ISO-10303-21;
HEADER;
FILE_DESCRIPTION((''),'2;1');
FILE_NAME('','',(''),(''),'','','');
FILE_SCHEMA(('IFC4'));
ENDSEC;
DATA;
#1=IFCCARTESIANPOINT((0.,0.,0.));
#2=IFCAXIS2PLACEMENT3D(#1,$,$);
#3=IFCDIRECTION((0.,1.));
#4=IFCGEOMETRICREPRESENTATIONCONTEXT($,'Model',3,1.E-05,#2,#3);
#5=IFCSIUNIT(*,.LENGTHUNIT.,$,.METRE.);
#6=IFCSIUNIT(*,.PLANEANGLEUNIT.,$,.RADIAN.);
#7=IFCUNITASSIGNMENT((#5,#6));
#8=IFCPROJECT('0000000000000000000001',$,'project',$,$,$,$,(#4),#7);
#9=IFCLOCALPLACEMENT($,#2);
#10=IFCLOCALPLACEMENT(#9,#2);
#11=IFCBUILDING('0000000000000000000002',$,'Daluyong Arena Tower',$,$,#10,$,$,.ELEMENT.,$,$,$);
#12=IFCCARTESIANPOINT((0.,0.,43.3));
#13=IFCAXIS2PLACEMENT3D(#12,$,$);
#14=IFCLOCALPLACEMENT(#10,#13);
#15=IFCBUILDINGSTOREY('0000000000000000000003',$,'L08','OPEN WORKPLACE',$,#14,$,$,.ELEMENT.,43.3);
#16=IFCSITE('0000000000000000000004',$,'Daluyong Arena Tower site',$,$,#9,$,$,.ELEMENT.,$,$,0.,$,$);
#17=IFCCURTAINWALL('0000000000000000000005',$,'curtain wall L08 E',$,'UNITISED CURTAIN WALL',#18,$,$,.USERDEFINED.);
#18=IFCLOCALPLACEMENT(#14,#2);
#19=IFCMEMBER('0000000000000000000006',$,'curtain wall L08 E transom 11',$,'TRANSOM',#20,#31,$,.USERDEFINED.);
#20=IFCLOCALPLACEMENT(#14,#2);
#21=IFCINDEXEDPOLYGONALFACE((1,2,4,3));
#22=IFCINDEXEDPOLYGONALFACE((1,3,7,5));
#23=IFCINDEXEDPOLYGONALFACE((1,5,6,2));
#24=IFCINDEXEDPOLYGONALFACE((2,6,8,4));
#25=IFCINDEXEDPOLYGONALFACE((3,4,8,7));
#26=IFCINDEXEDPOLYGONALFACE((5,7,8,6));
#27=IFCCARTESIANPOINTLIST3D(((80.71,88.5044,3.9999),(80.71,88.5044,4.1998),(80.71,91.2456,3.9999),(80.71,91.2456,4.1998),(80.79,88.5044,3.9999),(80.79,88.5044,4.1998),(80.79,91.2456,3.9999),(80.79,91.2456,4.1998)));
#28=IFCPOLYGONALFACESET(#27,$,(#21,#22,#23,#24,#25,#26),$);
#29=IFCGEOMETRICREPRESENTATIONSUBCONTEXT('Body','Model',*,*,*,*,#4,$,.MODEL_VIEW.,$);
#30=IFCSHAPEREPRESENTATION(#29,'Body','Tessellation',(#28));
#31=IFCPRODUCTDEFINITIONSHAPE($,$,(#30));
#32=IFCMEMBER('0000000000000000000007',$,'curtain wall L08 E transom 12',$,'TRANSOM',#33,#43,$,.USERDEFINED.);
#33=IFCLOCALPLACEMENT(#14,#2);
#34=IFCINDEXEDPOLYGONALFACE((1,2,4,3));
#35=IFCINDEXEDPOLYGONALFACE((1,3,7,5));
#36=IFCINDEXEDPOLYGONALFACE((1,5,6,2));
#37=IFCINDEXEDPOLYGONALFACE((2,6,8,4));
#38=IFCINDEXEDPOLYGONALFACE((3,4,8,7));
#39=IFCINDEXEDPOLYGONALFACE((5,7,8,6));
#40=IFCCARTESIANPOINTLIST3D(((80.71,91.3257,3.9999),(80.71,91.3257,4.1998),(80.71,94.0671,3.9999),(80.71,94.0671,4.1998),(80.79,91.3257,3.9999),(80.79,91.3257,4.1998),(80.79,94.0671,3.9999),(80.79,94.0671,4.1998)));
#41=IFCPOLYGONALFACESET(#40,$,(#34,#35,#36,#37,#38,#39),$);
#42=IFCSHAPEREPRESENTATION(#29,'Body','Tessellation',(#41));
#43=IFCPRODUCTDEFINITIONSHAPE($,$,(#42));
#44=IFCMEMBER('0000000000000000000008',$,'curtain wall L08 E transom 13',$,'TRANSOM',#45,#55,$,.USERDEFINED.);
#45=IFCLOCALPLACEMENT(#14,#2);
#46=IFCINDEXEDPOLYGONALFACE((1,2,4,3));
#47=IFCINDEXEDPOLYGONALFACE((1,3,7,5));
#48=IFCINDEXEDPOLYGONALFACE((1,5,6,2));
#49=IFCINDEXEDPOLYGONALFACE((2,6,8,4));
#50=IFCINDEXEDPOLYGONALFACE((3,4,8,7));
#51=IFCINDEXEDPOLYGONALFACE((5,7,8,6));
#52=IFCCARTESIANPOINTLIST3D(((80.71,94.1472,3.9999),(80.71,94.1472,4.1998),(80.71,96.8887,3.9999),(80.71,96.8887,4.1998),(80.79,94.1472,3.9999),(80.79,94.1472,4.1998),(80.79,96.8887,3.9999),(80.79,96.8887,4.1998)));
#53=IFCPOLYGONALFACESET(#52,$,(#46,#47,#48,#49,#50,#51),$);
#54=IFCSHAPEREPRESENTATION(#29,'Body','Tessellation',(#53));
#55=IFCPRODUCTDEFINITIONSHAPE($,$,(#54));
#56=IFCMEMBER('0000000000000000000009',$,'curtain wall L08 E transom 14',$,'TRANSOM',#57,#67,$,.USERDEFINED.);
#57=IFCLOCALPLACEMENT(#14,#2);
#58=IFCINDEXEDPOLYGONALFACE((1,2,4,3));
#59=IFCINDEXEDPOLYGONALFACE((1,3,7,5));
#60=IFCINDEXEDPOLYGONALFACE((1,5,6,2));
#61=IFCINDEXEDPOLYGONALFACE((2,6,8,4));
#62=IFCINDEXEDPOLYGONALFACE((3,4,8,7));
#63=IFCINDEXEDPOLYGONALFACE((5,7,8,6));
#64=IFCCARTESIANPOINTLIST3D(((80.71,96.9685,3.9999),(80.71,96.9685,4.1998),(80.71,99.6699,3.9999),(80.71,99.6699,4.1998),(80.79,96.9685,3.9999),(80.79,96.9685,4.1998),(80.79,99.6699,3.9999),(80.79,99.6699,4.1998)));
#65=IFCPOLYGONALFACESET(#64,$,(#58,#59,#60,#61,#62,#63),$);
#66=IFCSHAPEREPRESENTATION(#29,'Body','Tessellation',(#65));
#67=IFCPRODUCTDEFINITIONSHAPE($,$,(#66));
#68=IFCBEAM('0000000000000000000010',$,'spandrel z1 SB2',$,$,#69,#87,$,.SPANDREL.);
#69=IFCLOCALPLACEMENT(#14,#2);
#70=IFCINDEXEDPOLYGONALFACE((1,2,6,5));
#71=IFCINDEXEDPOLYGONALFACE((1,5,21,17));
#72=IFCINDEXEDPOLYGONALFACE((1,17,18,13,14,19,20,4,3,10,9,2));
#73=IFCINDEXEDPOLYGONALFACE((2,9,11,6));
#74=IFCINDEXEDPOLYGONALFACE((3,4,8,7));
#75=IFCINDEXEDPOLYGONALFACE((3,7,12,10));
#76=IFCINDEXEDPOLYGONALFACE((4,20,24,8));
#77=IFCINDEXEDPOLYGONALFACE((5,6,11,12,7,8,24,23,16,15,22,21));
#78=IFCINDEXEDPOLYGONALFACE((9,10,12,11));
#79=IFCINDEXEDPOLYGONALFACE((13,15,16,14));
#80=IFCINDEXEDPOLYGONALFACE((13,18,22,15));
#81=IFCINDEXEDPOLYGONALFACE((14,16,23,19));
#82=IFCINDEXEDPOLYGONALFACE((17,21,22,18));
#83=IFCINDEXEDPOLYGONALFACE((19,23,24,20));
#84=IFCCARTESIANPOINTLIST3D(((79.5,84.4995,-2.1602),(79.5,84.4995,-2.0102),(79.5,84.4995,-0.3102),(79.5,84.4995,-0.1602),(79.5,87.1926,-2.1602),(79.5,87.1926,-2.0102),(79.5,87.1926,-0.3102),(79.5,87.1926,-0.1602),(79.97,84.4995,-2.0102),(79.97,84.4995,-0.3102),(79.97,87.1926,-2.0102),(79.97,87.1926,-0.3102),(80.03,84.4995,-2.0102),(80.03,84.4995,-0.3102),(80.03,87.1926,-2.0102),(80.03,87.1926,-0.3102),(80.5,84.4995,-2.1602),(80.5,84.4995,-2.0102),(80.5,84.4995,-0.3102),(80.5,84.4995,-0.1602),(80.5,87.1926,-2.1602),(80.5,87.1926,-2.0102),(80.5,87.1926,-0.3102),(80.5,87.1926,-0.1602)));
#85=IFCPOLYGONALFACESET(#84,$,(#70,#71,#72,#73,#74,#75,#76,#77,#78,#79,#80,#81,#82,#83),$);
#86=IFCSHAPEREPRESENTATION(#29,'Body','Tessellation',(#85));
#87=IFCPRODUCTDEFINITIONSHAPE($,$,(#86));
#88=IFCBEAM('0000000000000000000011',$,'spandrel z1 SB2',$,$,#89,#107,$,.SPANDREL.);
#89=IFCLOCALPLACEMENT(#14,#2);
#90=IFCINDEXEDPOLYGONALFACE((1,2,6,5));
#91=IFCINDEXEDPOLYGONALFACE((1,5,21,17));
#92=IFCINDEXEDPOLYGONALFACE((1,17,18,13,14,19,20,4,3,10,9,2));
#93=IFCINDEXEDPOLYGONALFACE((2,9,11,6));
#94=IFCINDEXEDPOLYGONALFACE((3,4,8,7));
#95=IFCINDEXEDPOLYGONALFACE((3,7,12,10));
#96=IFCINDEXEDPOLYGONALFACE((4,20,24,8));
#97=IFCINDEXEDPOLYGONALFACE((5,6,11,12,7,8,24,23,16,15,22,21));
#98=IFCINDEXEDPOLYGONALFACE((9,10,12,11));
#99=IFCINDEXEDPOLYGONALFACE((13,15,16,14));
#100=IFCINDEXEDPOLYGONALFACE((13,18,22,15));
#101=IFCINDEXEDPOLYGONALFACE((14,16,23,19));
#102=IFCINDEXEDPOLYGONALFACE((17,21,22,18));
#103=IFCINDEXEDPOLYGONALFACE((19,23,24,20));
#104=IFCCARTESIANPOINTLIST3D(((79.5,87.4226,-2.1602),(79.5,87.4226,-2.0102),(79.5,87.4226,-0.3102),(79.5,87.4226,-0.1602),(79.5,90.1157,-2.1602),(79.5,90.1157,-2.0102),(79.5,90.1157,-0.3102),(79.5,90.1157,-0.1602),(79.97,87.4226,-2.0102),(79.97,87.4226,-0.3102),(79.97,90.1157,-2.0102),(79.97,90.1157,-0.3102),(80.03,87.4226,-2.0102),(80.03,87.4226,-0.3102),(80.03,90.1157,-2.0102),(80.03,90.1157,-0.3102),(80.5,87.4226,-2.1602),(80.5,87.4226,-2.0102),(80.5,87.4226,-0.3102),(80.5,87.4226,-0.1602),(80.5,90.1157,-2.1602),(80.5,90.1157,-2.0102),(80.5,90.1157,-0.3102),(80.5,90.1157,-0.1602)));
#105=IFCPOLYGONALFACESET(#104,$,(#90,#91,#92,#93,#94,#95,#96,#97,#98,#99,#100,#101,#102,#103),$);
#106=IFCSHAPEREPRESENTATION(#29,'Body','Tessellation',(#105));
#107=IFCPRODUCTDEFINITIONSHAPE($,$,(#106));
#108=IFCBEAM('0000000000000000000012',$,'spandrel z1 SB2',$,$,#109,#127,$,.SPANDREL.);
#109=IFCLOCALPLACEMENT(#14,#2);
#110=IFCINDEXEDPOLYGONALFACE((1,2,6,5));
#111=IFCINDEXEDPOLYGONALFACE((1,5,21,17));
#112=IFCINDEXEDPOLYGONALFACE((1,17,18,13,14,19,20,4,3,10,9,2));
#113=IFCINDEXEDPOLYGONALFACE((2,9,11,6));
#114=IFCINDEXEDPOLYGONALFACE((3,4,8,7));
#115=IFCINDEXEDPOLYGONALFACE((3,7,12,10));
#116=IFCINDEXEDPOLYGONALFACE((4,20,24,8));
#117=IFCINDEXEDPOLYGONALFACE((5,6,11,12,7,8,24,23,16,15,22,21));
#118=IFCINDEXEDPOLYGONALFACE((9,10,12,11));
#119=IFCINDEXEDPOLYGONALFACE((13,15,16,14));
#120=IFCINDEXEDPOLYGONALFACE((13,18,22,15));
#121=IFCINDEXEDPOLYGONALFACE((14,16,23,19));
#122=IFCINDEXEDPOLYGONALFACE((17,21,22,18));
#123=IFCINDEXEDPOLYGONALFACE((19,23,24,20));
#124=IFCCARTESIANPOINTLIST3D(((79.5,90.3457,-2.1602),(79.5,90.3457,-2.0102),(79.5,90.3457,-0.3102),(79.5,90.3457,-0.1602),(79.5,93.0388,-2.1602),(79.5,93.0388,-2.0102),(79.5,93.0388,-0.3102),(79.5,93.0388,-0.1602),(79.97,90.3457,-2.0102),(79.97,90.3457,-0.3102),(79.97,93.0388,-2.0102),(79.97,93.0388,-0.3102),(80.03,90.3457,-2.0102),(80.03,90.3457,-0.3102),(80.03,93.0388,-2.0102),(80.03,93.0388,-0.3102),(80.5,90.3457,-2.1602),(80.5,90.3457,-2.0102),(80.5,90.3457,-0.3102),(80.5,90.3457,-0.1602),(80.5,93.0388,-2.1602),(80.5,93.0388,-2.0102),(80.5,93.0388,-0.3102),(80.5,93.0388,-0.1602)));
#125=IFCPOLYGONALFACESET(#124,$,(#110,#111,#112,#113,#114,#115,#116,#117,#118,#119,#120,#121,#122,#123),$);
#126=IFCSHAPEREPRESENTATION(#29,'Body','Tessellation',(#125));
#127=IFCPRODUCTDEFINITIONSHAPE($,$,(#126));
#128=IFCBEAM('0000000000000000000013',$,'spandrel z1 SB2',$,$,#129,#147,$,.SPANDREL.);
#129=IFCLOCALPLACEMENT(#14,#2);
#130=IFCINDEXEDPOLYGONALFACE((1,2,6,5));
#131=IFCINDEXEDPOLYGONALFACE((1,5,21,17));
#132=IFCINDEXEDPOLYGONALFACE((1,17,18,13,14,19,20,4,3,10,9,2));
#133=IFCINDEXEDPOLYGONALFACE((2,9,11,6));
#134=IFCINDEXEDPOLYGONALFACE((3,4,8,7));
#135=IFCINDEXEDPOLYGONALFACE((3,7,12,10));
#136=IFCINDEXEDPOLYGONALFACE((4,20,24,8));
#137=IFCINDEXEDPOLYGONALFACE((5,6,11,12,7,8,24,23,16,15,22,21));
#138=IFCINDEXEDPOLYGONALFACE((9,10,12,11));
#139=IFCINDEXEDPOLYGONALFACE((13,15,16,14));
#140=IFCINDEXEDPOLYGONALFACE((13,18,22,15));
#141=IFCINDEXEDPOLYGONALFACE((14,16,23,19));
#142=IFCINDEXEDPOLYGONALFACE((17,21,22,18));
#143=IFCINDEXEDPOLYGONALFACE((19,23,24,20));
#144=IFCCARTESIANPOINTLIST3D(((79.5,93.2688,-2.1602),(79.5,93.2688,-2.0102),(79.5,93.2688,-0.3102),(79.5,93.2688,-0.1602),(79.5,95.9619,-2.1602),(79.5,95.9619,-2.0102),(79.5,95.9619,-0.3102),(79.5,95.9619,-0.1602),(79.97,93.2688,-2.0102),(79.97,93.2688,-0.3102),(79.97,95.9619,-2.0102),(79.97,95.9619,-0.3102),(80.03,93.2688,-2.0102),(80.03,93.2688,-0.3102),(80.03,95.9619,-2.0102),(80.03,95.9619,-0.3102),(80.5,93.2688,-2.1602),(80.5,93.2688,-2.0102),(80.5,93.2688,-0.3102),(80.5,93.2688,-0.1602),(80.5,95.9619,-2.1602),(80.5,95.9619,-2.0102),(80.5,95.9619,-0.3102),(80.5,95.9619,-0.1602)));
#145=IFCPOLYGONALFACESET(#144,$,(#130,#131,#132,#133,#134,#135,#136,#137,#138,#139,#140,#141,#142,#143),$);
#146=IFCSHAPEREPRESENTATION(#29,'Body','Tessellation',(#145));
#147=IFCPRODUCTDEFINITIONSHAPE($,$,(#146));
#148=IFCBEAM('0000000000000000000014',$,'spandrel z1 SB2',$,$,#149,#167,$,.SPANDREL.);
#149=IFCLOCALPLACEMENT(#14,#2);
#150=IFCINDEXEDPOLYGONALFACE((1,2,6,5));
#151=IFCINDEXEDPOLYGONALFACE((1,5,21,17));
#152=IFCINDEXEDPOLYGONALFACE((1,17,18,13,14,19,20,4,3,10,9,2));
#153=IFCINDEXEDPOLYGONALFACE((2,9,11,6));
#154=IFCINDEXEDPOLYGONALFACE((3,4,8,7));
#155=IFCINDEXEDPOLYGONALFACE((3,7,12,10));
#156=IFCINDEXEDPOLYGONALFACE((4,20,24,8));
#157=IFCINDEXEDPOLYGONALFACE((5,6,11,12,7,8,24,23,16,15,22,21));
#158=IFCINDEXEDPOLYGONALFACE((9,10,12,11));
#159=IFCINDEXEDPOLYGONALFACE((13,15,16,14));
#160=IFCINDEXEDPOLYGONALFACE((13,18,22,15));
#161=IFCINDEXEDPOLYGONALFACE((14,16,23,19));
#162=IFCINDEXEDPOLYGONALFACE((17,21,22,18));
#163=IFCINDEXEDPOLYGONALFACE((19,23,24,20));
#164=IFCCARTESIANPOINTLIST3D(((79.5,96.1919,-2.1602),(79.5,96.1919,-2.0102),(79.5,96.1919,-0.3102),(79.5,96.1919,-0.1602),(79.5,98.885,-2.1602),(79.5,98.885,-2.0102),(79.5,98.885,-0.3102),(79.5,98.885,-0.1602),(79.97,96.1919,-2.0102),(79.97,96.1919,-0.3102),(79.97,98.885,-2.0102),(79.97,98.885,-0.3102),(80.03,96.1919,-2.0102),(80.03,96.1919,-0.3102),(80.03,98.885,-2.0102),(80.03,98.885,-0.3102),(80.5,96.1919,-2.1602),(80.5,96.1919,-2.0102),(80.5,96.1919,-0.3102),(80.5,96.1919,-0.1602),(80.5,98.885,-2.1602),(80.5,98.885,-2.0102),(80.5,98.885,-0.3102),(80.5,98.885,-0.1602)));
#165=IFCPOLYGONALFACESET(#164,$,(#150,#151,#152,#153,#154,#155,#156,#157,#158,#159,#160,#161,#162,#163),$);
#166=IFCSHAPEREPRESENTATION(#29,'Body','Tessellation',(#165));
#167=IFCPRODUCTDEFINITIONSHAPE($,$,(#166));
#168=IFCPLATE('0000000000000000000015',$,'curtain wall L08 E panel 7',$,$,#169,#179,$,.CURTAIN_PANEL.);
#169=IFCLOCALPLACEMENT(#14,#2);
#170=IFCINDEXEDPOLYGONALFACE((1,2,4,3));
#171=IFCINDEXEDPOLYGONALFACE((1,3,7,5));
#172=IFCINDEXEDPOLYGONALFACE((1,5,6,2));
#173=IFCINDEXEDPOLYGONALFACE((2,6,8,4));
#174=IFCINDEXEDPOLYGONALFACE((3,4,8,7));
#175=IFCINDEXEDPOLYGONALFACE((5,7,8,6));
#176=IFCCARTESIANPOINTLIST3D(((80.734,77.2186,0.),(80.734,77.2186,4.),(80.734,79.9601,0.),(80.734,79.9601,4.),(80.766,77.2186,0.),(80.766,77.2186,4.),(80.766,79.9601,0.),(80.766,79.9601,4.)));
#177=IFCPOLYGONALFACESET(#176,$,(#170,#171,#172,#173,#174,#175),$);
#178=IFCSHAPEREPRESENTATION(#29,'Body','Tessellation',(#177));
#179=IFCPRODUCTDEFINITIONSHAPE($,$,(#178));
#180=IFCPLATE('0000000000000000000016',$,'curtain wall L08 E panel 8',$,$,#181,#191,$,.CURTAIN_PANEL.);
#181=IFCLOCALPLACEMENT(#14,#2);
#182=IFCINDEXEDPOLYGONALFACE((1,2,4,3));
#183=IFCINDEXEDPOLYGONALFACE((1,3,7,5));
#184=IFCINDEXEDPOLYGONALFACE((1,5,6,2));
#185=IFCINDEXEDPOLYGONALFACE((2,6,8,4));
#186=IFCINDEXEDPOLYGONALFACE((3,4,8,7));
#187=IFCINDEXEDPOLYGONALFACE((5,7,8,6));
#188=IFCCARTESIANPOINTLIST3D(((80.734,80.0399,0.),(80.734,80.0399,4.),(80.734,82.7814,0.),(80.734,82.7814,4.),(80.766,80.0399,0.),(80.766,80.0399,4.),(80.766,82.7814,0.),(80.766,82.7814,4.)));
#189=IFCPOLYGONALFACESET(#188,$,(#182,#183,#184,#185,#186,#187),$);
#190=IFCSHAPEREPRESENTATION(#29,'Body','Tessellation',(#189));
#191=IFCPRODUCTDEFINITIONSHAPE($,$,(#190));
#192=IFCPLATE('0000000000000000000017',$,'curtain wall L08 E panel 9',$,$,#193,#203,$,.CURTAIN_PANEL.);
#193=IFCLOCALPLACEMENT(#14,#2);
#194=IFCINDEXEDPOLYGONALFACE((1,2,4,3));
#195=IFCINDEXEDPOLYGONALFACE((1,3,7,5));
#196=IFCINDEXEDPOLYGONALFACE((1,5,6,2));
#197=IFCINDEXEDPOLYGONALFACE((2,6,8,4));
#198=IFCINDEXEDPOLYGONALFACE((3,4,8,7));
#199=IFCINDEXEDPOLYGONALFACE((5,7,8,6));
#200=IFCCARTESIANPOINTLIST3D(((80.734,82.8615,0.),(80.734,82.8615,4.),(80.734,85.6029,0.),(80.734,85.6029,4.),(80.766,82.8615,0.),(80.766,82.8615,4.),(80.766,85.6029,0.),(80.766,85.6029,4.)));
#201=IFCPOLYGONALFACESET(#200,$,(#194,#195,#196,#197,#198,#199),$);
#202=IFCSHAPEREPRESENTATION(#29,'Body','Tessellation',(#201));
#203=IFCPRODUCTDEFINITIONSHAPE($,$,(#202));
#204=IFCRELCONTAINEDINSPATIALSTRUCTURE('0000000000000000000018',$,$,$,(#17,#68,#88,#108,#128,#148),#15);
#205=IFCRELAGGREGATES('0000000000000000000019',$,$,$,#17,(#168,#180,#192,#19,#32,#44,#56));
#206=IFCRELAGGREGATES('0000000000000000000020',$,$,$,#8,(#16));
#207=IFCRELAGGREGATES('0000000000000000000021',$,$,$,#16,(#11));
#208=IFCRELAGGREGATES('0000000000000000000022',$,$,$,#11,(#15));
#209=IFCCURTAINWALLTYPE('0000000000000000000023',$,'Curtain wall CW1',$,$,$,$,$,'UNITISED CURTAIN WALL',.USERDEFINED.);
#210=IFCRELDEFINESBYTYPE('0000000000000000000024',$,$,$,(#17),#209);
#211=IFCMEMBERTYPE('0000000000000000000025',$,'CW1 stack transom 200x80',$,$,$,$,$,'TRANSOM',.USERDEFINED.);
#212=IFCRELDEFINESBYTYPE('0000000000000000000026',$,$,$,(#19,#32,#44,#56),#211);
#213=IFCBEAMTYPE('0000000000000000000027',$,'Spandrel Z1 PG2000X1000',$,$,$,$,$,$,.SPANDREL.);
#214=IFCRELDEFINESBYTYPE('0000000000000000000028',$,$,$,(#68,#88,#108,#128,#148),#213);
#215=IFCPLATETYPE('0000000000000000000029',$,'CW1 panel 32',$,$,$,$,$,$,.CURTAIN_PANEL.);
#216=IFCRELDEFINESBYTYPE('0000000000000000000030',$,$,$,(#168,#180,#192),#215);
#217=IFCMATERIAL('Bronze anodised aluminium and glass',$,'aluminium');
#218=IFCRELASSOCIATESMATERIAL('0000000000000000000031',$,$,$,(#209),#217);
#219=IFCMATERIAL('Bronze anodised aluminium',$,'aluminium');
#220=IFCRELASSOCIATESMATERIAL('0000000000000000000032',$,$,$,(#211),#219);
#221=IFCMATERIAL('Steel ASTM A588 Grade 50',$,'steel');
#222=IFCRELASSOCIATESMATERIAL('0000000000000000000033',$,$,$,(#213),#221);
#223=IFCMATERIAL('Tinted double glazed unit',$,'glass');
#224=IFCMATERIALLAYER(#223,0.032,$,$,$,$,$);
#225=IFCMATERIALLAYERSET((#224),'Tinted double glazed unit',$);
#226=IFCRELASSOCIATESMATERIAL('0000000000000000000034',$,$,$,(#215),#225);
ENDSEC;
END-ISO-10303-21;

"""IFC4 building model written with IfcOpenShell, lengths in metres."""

from ifc_helpers import new_model, si_unit, direction, frame, origin, origin_2d, place, context, subcontext, project, spatial, rectangle, i_section, extrude, material, layer, layer_set, material_profile, profile_set, type_object, element, aggregate, save


model = new_model("IFC4")

# Units and contexts
model_context = context("Model", 3, precision=1e-05, world=origin(), true_north=direction((0.0, 1.0)))
body_context = subcontext(model_context, "Body", "Model", "MODEL_VIEW")
ifc_project = project(units=[si_unit("LENGTHUNIT", "METRE"), si_unit("PLANEANGLEUNIT", "RADIAN")], contexts=[model_context])

# Site, building, storey
site_placement = place(None, origin())
site = spatial("IfcSite", under=ifc_project, at=site_placement, Name="Daluyong Arena Tower site", CompositionType="ELEMENT", RefElevation=0.0)
building_placement = place(site_placement, origin())
building = spatial("IfcBuilding", under=site, at=building_placement, Name="Daluyong Arena Tower", CompositionType="ELEMENT")
storey_placement = place(building_placement, frame((0.0, 0.0, 43.3)))
storey = spatial("IfcBuildingStorey", under=building, at=storey_placement, Name="L08", Description="OPEN WORKPLACE", CompositionType="ELEMENT", Elevation=43.3)

# Curtain wall, members
ifc_material_1 = material(Name="Bronze anodised aluminium and glass", Category="aluminium")
curtain_wall_type = type_object("IfcCurtainWallType", Name="Curtain wall CW1", ElementType="UNITISED CURTAIN WALL", PredefinedType="USERDEFINED", material=ifc_material_1)
curtain_wall_placement = place(storey_placement, origin())
curtain_wall = element("IfcCurtainWall", 1, at=curtain_wall_placement, inside=storey, type_object=curtain_wall_type, Name="curtain wall L08 E", ObjectType="UNITISED CURTAIN WALL", PredefinedType="USERDEFINED")
ifc_material_2 = material(Name="Bronze anodised aluminium", Category="aluminium")
ifc_material_profile_1 = material_profile(ifc_material_2, rectangle(XDim=0.0801, YDim=0.2, at=origin_2d()))
ifc_profile_set_1 = profile_set([ifc_material_profile_1], Name="Bronze anodised aluminium")
member_type_1 = type_object("IfcMemberType", Name="CW1 stack transom 200x80", ElementType="TRANSOM", PredefinedType="USERDEFINED", material=ifc_profile_set_1)
member_1_placement = place(storey_placement, frame((80.75, 88.5044, 4.0999), z_axis=(0.0, 1.0, 0.0), x_axis=(-1.0, 0.0, 0.0)))
member_1 = element("IfcMember", 2, at=member_1_placement, type_object=member_type_1, Name="curtain wall L08 E transom 11", ObjectType="TRANSOM", PredefinedType="USERDEFINED", context=body_context, shape_type="SweptSolid", body=[
    extrude(rectangle(XDim=0.0801, YDim=0.2, at=origin_2d()), origin(), (0.0, 0.0, 1.0), 2.7412),
])
member_2_placement = place(storey_placement, frame((80.75, 91.3257, 4.0999), z_axis=(0.0, 1.0, 0.0), x_axis=(-1.0, 0.0, 0.0)))
member_2 = element("IfcMember", 3, at=member_2_placement, type_object=member_type_1, Name="curtain wall L08 E transom 12", ObjectType="TRANSOM", PredefinedType="USERDEFINED", context=body_context, shape_type="SweptSolid", body=[
    extrude(rectangle(XDim=0.0801, YDim=0.2, at=origin_2d()), origin(), (0.0, 0.0, 1.0), 2.7415),
])
member_3_placement = place(storey_placement, frame((80.75, 94.1472, 4.0999), z_axis=(0.0, 1.0, 0.0), x_axis=(-1.0, 0.0, 0.0)))
member_3 = element("IfcMember", 4, at=member_3_placement, type_object=member_type_1, Name="curtain wall L08 E transom 13", ObjectType="TRANSOM", PredefinedType="USERDEFINED", context=body_context, shape_type="SweptSolid", body=[
    extrude(rectangle(XDim=0.0801, YDim=0.2, at=origin_2d()), origin(), (0.0, 0.0, 1.0), 2.7415),
])
member_4_placement = place(storey_placement, frame((80.75, 96.9685, 4.0999), z_axis=(0.0, 1.0, 0.0), x_axis=(-1.0, 0.0, 0.0)))
member_4 = element("IfcMember", 5, at=member_4_placement, type_object=member_type_1, Name="curtain wall L08 E transom 14", ObjectType="TRANSOM", PredefinedType="USERDEFINED", context=body_context, shape_type="SweptSolid", body=[
    extrude(rectangle(XDim=0.0801, YDim=0.2, at=origin_2d()), origin(), (0.0, 0.0, 1.0), 2.7014),
])

# Beams
ifc_material_3 = material(Name="Steel ASTM A588 Grade 50", Category="steel")
ifc_material_profile_2 = material_profile(ifc_material_3, i_section(OverallWidth=1.0, OverallDepth=2.0, WebThickness=0.06, FlangeThickness=0.15, at=origin_2d()))
ifc_profile_set_2 = profile_set([ifc_material_profile_2], Name="Steel ASTM A588 Grade 50")
beam_type = type_object("IfcBeamType", Name="Spandrel Z1 PG2000X1000", PredefinedType="SPANDREL", material=ifc_profile_set_2)
for number, where, z_axis, x_axis, name in (
    (6, (80.0, 84.4995, -1.1602), (0.0, 1.0, 0.0), (-1.0, 0.0, 0.0), "spandrel z1 SB2"),
    (7, (80.0, 87.4226, -1.1602), (0.0, 1.0, 0.0), (-1.0, 0.0, 0.0), "spandrel z1 SB2"),
    (8, (80.0, 90.3457, -1.1602), (0.0, 1.0, 0.0), (-1.0, 0.0, 0.0), "spandrel z1 SB2"),
    (9, (80.0, 93.2688, -1.1602), (0.0, 1.0, 0.0), (-1.0, 0.0, 0.0), "spandrel z1 SB2"),
    (10, (80.0, 96.1919, -1.1602), (0.0, 1.0, 0.0), (-1.0, 0.0, 0.0), "spandrel z1 SB2"),
):
    element("IfcBeam", number, at=place(storey_placement, frame(where, z_axis=z_axis, x_axis=x_axis)), inside=storey, type_object=beam_type, Name=name, PredefinedType="SPANDREL", context=body_context, shape_type="SweptSolid", body=[
        extrude(i_section(OverallWidth=1.0, OverallDepth=2.0, WebThickness=0.06, FlangeThickness=0.15, at=origin_2d()), origin(), (0.0, 0.0, 1.0), 2.6931),
    ])

# Plates
ifc_material_4 = material(Name="Tinted double glazed unit", Category="glass")
ifc_layer = layer(ifc_material_4, 0.032)
ifc_layer_set = layer_set([ifc_layer], Name="Tinted double glazed unit")
plate_type = type_object("IfcPlateType", Name="CW1 panel 32", PredefinedType="CURTAIN_PANEL", material=ifc_layer_set)
plate_1_placement = place(storey_placement, frame((80.75, 78.5894, 0.0), z_axis=(0.0, 0.0, 1.0), x_axis=(0.0, 1.0, 0.0)))
plate_1 = element("IfcPlate", 11, at=plate_1_placement, type_object=plate_type, Name="curtain wall L08 E panel 7", PredefinedType="CURTAIN_PANEL", context=body_context, shape_type="SweptSolid", body=[
    extrude(rectangle(XDim=2.7415, YDim=0.032, at=origin_2d()), origin(), (0.0, 0.0, 1.0), 4.0),
])
plate_2_placement = place(storey_placement, frame((80.75, 81.4106, 0.0), z_axis=(0.0, 0.0, 1.0), x_axis=(0.0, 1.0, 0.0)))
plate_2 = element("IfcPlate", 12, at=plate_2_placement, type_object=plate_type, Name="curtain wall L08 E panel 8", PredefinedType="CURTAIN_PANEL", context=body_context, shape_type="SweptSolid", body=[
    extrude(rectangle(XDim=2.7415, YDim=0.032, at=origin_2d()), origin(), (0.0, 0.0, 1.0), 4.0),
])
plate_3_placement = place(storey_placement, frame((80.75, 84.2322, 0.0), z_axis=(0.0, 0.0, 1.0), x_axis=(0.0, 1.0, 0.0)))
plate_3 = element("IfcPlate", 13, at=plate_3_placement, type_object=plate_type, Name="curtain wall L08 E panel 9", PredefinedType="CURTAIN_PANEL", context=body_context, shape_type="SweptSolid", body=[
    extrude(rectangle(XDim=2.7415, YDim=0.032, at=origin_2d()), origin(), (0.0, 0.0, 1.0), 4.0),
])
aggregate(curtain_wall, [plate_1, plate_2, plate_3, member_1, member_2, member_3, member_4])

save(model, "model.ifc")
